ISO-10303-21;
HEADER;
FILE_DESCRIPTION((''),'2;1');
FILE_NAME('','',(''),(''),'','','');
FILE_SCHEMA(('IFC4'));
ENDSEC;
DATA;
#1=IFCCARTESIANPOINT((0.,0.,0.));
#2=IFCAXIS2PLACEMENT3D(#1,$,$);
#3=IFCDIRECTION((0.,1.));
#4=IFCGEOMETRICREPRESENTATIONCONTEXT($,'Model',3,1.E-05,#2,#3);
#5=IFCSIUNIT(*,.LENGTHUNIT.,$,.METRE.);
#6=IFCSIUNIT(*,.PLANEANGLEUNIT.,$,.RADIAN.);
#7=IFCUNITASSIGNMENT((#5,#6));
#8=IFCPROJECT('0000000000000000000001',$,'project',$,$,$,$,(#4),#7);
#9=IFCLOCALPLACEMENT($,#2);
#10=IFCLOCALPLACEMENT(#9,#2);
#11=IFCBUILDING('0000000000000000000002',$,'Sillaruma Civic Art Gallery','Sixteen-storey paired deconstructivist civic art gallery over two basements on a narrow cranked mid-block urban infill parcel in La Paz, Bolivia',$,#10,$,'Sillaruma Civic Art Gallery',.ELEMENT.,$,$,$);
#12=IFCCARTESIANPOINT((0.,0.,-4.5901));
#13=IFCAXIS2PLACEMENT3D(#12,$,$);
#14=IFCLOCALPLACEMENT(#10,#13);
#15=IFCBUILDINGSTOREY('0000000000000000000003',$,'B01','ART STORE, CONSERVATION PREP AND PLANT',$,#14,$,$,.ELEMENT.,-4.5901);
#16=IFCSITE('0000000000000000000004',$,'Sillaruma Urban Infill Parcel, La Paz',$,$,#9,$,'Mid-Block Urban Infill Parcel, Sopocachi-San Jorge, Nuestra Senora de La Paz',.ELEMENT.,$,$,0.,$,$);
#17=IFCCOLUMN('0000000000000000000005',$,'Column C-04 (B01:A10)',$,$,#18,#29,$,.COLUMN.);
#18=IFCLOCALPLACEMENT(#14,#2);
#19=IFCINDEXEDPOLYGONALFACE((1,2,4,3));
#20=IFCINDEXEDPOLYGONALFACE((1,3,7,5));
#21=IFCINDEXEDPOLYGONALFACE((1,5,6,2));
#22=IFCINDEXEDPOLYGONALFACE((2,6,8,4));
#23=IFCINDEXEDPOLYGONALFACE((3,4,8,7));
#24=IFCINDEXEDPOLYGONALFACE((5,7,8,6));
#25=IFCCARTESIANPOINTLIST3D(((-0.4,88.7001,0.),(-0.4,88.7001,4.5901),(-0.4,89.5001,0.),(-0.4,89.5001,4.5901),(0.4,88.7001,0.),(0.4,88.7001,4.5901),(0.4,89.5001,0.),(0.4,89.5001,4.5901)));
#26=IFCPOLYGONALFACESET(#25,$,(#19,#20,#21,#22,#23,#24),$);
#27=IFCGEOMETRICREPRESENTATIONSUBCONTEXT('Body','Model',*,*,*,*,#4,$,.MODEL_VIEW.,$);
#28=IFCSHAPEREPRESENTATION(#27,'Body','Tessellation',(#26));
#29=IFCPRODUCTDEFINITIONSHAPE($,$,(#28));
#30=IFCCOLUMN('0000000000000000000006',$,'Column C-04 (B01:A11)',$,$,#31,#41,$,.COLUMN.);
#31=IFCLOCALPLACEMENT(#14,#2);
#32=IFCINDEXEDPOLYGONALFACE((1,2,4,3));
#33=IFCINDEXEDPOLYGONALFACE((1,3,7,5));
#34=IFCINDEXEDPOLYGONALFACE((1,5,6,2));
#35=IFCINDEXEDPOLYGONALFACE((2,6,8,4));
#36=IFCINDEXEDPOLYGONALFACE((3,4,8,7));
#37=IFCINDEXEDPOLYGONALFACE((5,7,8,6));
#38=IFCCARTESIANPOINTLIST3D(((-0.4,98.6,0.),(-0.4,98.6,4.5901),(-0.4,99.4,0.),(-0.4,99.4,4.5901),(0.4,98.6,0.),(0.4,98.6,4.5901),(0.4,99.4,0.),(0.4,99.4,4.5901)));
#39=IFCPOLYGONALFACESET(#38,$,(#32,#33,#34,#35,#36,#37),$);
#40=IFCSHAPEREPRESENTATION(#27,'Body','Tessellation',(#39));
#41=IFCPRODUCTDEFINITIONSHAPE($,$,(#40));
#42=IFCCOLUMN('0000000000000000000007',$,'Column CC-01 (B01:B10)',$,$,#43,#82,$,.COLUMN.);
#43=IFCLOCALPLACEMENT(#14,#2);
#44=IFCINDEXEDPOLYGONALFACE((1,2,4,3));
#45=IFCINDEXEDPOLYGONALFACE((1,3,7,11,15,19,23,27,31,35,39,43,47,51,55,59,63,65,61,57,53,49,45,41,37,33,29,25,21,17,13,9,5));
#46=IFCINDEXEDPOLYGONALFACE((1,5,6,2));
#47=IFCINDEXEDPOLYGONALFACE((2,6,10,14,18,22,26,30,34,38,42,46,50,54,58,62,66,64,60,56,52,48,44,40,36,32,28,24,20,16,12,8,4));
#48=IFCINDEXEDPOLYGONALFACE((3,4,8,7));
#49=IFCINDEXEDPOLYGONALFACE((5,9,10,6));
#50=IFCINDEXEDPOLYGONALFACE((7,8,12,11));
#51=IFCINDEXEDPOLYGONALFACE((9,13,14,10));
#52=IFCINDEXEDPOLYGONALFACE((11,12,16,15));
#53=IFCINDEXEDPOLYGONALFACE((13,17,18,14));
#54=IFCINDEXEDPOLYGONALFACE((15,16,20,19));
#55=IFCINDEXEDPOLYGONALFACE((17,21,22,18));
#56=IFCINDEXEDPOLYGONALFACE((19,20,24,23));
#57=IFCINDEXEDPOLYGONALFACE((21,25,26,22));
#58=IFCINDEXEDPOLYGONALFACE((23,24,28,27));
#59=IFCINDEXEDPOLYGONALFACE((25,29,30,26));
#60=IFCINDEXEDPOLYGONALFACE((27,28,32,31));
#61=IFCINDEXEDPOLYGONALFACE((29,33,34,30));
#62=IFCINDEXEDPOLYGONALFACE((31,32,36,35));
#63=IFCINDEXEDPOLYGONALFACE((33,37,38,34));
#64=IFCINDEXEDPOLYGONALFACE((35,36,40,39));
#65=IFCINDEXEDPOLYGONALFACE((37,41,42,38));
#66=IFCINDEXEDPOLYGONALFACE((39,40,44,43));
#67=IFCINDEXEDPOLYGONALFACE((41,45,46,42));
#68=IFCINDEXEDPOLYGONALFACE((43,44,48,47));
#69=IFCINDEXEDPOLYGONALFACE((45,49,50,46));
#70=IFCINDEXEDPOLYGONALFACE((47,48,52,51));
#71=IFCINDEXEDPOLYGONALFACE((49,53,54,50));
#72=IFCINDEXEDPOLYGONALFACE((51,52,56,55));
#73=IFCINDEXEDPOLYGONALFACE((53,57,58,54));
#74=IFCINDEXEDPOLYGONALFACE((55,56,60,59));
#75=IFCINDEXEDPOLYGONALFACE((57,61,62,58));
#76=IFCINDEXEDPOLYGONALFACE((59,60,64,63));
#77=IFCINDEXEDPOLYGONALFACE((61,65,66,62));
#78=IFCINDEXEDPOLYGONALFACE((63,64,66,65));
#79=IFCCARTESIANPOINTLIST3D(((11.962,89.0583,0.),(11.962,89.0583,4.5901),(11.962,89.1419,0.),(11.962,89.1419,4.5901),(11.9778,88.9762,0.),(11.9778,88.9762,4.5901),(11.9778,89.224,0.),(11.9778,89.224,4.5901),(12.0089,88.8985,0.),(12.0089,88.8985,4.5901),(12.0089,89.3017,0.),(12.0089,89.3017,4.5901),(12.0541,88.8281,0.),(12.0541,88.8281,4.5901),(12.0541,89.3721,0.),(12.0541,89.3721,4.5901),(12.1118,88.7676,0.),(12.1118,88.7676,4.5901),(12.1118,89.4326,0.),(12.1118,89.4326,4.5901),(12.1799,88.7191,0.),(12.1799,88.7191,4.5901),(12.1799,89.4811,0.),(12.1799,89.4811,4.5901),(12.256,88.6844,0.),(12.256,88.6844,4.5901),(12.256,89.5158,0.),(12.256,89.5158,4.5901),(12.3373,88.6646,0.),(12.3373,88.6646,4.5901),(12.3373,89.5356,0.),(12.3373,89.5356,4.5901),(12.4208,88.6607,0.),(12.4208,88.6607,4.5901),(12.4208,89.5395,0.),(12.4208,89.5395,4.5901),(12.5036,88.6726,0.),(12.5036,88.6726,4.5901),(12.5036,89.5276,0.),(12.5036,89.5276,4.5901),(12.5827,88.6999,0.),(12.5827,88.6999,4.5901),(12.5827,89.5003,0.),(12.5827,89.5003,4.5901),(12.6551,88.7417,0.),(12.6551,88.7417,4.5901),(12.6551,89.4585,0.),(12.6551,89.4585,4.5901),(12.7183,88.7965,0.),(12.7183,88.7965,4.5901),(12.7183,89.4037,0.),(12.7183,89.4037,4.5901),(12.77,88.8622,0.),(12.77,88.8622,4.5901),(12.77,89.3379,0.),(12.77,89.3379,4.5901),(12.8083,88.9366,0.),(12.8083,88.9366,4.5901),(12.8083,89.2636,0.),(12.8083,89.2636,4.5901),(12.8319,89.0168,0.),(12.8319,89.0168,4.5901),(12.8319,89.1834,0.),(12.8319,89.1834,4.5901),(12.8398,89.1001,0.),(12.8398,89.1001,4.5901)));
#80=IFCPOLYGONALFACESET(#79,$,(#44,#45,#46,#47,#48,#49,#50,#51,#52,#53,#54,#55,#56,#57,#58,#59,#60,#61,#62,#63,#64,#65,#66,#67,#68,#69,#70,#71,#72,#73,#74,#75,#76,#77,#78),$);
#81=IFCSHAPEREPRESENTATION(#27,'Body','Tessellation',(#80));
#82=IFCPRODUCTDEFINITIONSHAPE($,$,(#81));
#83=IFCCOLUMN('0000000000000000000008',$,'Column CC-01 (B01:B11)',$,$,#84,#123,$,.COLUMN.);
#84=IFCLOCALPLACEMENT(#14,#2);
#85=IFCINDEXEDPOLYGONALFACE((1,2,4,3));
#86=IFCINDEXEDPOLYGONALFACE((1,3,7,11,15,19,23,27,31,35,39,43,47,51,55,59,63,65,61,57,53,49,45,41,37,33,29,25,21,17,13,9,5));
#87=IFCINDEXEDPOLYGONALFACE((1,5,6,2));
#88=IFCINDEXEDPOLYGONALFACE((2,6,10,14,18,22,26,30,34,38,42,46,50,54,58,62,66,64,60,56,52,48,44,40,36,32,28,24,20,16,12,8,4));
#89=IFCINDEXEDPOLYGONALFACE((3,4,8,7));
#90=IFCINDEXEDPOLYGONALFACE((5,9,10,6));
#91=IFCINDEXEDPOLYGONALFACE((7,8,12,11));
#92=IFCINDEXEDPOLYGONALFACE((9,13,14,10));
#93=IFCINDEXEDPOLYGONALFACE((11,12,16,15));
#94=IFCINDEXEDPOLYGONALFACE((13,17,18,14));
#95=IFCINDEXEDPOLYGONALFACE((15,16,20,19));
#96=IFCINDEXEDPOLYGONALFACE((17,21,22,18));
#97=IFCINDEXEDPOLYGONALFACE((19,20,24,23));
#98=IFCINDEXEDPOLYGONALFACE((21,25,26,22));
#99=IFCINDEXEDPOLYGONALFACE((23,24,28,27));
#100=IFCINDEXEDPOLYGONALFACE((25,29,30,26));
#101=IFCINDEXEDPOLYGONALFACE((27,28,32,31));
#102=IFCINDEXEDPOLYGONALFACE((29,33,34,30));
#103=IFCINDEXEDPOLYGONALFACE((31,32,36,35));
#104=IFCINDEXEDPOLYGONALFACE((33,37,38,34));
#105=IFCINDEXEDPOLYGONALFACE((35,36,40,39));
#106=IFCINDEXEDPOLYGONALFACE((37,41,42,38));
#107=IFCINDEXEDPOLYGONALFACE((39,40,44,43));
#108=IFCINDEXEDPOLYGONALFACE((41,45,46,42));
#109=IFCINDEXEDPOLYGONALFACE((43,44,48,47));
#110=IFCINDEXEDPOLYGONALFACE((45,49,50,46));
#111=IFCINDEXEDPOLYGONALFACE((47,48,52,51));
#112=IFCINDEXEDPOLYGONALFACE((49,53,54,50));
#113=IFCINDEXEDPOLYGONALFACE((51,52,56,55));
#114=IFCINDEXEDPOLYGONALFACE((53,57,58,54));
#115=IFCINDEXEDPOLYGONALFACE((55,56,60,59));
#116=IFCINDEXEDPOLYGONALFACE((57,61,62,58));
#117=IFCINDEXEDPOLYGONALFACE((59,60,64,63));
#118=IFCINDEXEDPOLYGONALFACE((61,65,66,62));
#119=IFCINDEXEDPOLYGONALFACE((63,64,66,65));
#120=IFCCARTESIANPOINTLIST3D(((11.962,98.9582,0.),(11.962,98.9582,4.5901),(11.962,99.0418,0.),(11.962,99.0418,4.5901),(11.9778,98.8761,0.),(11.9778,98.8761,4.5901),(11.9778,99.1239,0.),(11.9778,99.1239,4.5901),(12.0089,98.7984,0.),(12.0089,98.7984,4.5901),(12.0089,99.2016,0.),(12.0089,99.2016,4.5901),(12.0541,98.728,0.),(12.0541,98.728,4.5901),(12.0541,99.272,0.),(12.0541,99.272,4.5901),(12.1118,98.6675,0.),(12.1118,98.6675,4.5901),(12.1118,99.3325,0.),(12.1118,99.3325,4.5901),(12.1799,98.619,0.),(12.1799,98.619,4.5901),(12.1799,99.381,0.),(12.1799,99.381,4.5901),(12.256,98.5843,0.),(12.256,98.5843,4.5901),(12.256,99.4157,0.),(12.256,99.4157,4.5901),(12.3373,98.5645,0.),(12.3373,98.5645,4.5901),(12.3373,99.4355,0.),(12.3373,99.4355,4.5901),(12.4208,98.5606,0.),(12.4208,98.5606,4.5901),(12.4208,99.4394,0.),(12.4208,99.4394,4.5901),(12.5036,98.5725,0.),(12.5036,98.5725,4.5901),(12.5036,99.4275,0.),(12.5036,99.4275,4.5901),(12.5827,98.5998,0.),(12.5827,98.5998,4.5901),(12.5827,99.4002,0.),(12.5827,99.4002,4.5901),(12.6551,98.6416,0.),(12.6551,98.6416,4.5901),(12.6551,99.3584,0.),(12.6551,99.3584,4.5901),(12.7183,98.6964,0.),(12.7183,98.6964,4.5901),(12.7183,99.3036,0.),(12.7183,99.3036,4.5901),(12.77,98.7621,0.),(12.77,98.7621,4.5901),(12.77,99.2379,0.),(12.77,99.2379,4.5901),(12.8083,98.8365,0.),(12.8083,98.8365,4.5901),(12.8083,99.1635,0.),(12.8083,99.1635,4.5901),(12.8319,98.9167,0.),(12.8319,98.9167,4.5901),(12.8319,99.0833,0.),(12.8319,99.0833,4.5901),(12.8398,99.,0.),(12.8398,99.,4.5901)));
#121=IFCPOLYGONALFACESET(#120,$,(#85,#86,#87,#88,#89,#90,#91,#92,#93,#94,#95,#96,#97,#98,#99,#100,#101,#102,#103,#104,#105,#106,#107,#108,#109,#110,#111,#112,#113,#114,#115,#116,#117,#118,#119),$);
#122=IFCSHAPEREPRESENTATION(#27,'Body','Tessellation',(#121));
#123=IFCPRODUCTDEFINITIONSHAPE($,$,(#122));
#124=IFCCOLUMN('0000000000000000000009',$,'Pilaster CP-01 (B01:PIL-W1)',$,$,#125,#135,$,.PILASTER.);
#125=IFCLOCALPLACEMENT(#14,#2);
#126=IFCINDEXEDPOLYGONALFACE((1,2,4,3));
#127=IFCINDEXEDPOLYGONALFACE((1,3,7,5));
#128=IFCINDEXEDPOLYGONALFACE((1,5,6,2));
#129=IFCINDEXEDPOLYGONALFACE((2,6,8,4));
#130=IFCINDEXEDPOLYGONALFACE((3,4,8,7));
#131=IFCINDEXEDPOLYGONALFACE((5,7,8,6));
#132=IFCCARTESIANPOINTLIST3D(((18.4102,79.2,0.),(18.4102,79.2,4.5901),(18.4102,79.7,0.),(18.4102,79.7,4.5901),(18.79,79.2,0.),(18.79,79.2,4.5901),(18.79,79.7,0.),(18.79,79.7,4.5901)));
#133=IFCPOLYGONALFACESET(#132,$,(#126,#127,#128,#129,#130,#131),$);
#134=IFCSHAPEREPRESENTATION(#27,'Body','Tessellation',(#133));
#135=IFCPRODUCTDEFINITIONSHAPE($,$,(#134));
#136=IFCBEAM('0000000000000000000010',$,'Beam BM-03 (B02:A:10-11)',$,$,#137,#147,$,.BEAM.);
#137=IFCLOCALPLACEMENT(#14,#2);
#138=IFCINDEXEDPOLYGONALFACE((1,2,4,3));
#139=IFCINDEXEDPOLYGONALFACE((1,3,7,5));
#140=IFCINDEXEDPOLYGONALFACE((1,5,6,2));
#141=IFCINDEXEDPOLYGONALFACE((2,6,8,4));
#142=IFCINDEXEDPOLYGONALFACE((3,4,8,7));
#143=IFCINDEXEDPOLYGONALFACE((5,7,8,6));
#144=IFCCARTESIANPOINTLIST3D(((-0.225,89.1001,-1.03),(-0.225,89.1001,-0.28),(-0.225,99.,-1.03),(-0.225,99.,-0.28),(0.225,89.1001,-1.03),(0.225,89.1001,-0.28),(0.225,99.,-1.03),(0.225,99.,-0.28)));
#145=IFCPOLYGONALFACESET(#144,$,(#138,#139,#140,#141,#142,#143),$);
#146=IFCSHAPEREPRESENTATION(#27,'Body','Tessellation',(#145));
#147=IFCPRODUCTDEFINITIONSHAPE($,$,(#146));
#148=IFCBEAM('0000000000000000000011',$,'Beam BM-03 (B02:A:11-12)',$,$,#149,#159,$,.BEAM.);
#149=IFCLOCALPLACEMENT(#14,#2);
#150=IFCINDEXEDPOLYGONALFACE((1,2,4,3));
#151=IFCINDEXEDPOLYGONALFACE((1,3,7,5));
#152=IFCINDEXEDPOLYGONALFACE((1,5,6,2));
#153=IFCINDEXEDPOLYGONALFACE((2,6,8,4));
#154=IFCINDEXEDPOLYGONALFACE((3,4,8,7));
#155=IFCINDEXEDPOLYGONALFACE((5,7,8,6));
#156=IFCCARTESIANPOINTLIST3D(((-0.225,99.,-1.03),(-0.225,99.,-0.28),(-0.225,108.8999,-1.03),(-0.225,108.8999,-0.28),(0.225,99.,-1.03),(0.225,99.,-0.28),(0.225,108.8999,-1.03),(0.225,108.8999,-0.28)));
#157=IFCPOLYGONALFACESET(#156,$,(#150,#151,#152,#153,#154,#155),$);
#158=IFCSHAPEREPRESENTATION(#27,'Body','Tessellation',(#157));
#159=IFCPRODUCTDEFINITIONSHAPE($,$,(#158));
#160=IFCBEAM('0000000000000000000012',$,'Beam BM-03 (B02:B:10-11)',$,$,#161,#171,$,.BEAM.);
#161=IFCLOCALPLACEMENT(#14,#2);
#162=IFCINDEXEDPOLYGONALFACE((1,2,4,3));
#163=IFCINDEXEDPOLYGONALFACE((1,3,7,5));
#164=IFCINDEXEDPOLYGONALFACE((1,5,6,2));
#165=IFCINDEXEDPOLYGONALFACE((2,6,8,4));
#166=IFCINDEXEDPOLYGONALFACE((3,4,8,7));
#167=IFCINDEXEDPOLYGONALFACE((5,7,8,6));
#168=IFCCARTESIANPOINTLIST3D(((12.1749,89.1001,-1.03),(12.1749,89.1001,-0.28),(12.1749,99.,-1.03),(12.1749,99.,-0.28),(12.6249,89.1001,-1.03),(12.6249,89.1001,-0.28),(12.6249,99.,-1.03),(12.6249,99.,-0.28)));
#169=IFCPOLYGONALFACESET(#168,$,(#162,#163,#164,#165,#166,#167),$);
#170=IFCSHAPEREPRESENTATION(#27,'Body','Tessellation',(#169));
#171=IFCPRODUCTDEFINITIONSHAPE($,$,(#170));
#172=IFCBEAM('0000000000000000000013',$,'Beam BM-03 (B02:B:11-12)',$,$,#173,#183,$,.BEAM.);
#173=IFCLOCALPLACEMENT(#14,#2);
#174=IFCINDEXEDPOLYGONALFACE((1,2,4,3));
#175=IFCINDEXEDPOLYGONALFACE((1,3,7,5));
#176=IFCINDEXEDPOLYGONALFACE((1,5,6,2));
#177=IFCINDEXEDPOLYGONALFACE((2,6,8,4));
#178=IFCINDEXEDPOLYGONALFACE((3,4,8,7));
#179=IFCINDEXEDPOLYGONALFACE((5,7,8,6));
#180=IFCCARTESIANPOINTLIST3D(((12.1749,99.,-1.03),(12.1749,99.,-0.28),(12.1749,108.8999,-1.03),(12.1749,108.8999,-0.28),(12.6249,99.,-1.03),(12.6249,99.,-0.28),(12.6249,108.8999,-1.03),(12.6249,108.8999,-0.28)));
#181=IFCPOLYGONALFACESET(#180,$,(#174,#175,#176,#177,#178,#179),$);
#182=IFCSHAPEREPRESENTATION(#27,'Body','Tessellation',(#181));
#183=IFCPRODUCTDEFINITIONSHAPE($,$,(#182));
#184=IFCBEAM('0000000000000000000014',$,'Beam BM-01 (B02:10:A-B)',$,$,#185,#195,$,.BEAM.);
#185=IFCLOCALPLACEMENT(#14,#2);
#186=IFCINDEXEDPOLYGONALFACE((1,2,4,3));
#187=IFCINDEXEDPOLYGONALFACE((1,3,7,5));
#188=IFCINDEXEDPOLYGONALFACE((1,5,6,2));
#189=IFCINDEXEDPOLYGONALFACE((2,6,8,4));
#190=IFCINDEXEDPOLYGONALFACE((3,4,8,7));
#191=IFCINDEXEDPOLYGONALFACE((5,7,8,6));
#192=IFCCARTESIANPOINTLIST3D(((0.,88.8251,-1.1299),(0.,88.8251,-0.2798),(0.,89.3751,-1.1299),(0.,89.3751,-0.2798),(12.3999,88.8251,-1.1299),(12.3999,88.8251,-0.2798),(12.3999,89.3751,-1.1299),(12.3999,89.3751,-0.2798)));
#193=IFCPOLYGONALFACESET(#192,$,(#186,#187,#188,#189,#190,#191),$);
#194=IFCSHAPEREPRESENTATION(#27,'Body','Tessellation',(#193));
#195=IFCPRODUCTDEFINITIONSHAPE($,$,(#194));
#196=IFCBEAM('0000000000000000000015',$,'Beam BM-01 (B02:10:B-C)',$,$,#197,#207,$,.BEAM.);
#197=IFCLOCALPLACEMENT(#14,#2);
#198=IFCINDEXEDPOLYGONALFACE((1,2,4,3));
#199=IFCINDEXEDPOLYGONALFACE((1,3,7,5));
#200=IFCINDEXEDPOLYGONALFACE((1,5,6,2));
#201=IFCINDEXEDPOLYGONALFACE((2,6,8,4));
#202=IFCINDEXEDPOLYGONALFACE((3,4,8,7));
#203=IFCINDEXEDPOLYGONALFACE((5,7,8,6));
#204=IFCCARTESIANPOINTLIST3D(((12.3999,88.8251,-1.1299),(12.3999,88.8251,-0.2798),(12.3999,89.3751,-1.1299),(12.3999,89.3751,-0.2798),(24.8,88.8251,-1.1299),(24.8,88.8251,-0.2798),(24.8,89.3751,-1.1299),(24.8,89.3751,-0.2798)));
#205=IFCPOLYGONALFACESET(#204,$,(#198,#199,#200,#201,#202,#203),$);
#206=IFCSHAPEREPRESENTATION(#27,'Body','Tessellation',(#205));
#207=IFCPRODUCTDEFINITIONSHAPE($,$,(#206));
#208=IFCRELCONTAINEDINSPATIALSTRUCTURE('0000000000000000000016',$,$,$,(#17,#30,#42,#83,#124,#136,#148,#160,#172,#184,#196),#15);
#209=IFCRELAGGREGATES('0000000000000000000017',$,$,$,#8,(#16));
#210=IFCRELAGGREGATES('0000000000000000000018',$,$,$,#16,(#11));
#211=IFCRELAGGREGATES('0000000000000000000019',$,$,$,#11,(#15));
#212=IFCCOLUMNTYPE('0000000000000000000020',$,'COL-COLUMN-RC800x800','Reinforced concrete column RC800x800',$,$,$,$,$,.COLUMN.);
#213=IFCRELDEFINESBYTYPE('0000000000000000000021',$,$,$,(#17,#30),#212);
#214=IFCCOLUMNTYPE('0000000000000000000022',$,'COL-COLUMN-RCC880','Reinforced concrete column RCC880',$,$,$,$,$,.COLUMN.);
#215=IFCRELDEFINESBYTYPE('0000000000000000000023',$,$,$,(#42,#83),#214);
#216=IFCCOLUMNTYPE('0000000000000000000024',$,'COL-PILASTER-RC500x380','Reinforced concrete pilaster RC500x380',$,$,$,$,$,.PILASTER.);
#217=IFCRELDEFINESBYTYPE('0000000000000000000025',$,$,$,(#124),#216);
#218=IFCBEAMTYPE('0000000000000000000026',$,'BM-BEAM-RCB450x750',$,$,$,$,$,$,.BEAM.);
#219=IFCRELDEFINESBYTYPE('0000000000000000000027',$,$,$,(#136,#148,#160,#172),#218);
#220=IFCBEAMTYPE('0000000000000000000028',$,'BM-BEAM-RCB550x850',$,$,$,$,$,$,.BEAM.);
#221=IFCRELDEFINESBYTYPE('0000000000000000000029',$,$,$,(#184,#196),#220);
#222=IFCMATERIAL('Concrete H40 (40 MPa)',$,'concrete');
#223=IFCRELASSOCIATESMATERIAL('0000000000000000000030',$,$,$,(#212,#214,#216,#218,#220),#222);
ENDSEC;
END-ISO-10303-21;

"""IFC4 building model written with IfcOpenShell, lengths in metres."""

from ifc_helpers import new_model, si_unit, direction, frame, origin, origin_2d, place, context, subcontext, project, spatial, rectangle, circle, extrude, material, material_profile, profile_set, type_object, element, save


model = new_model("IFC4")

# Units and contexts
model_context = context("Model", 3, precision=1e-05, world=origin(), true_north=direction((0.0, 1.0)))
body_context = subcontext(model_context, "Body", "Model", "MODEL_VIEW")
ifc_project = project(units=[si_unit("LENGTHUNIT", "METRE"), si_unit("PLANEANGLEUNIT", "RADIAN")], contexts=[model_context])

# Site, building, storey
site_placement = place(None, origin())
site = spatial("IfcSite", under=ifc_project, at=site_placement, Name="Sillaruma Urban Infill Parcel, La Paz", LongName="Mid-Block Urban Infill Parcel, Sopocachi-San Jorge, Nuestra Senora de La Paz", CompositionType="ELEMENT", RefElevation=0.0)
building_placement = place(site_placement, origin())
building = spatial("IfcBuilding", under=site, at=building_placement, Name="Sillaruma Civic Art Gallery", Description="Sixteen-storey paired deconstructivist civic art gallery over two basements on a narrow cranked mid-block urban infill parcel in La Paz, Bolivia", LongName="Sillaruma Civic Art Gallery", CompositionType="ELEMENT")
storey_placement = place(building_placement, frame((0.0, 0.0, -4.5901)))
storey = spatial("IfcBuildingStorey", under=building, at=storey_placement, Name="B01", Description="ART STORE, CONSERVATION PREP AND PLANT", CompositionType="ELEMENT", Elevation=-4.5901)

# Columns
ifc_material_1 = material(Name="Concrete H40 (40 MPa)", Category="concrete")
ifc_material_profile_1 = material_profile(ifc_material_1, rectangle(XDim=0.8, YDim=0.8, at=origin_2d()), Name="RC800x800")
ifc_profile_set_1 = profile_set([ifc_material_profile_1], Name="Concrete H40 (40 MPa)")
column_type_1 = type_object("IfcColumnType", Name="COL-COLUMN-RC800x800", Description="Reinforced concrete column RC800x800", PredefinedType="COLUMN", material=ifc_profile_set_1)
for number, where, z_axis, x_axis, name in (
    (1, (0.0, 89.1001, 0.0), (0.0, 0.0, 1.0), (1.0, 0.0, 0.0), "Column C-04 (B01:A10)"),
    (2, (0.0, 99.0, 0.0), (0.0, 0.0, 1.0), (1.0, 0.0, 0.0), "Column C-04 (B01:A11)"),
):
    element("IfcColumn", number, at=place(storey_placement, frame(where, z_axis=z_axis, x_axis=x_axis)), inside=storey, type_object=column_type_1, Name=name, PredefinedType="COLUMN", context=body_context, shape_type="SweptSolid", body=[
        extrude(rectangle(XDim=0.8, YDim=0.8, at=origin_2d()), origin(), (0.0, 0.0, 1.0), 4.5901),
    ])
ifc_material_profile_2 = material_profile(ifc_material_1, circle(Radius=0.4399, at=origin_2d()), Name="RCC880")
ifc_profile_set_2 = profile_set([ifc_material_profile_2], Name="Concrete H40 (40 MPa)")
column_type_2 = type_object("IfcColumnType", Name="COL-COLUMN-RCC880", Description="Reinforced concrete column RCC880", PredefinedType="COLUMN", material=ifc_profile_set_2)
for number, where, z_axis, x_axis, name in (
    (3, (12.3999, 89.1001, 0.0), (0.0, 0.0, 1.0), (1.0, 0.0, 0.0), "Column CC-01 (B01:B10)"),
    (4, (12.3999, 99.0, 0.0), (0.0, 0.0, 1.0), (1.0, 0.0, 0.0), "Column CC-01 (B01:B11)"),
):
    element("IfcColumn", number, at=place(storey_placement, frame(where, z_axis=z_axis, x_axis=x_axis)), inside=storey, type_object=column_type_2, Name=name, PredefinedType="COLUMN", context=body_context, shape_type="SweptSolid", body=[
        extrude(circle(Radius=0.4399, at=origin_2d()), origin(), (0.0, 0.0, 1.0), 4.5901),
    ])
ifc_material_profile_3 = material_profile(ifc_material_1, rectangle(XDim=0.3799, YDim=0.5, at=origin_2d()), Name="RC500x380")
ifc_profile_set_3 = profile_set([ifc_material_profile_3], Name="Concrete H40 (40 MPa)")
column_type_3 = type_object("IfcColumnType", Name="COL-PILASTER-RC500x380", Description="Reinforced concrete pilaster RC500x380", PredefinedType="PILASTER", material=ifc_profile_set_3)
column_placement = place(storey_placement, frame((18.6001, 79.45, 0.0), z_axis=(0.0, 0.0, 1.0), x_axis=(1.0, 0.0, 0.0)))
element("IfcColumn", 5, at=column_placement, inside=storey, type_object=column_type_3, Name="Pilaster CP-01 (B01:PIL-W1)", PredefinedType="PILASTER", context=body_context, shape_type="SweptSolid", body=[
    extrude(rectangle(XDim=0.3799, YDim=0.5, at=origin_2d()), origin(), (0.0, 0.0, 1.0), 4.5901),
])

# Beams
ifc_material_profile_4 = material_profile(ifc_material_1, rectangle(XDim=0.45, YDim=0.75, at=origin_2d()), Name="RCB450x750")
ifc_profile_set_4 = profile_set([ifc_material_profile_4], Name="Concrete H40 (40 MPa)")
beam_type_1 = type_object("IfcBeamType", Name="BM-BEAM-RCB450x750", PredefinedType="BEAM", material=ifc_profile_set_4)
for number, where, z_axis, x_axis, name in (
    (6, (0.0, 89.1001, -0.655), (0.0, 1.0, 0.0), (-1.0, 0.0, 0.0), "Beam BM-03 (B02:A:10-11)"),
    (7, (0.0, 99.0, -0.655), (0.0, 1.0, 0.0), (-1.0, 0.0, 0.0), "Beam BM-03 (B02:A:11-12)"),
    (8, (12.3999, 89.1001, -0.655), (0.0, 1.0, 0.0), (-1.0, 0.0, 0.0), "Beam BM-03 (B02:B:10-11)"),
    (9, (12.3999, 99.0, -0.655), (0.0, 1.0, 0.0), (-1.0, 0.0, 0.0), "Beam BM-03 (B02:B:11-12)"),
):
    element("IfcBeam", number, at=place(storey_placement, frame(where, z_axis=z_axis, x_axis=x_axis)), inside=storey, type_object=beam_type_1, Name=name, PredefinedType="BEAM", context=body_context, shape_type="SweptSolid", body=[
        extrude(rectangle(XDim=0.45, YDim=0.75, at=origin_2d()), origin(), (0.0, 0.0, 1.0), 9.8999),
    ])
ifc_material_profile_5 = material_profile(ifc_material_1, rectangle(XDim=0.55, YDim=0.8501, at=origin_2d()), Name="RCB550x850")
ifc_profile_set_5 = profile_set([ifc_material_profile_5], Name="Concrete H40 (40 MPa)")
beam_type_2 = type_object("IfcBeamType", Name="BM-BEAM-RCB550x850", PredefinedType="BEAM", material=ifc_profile_set_5)
beam_1_placement = place(storey_placement, frame((0.0, 89.1001, -0.7048), z_axis=(1.0, 0.0, 0.0), x_axis=(0.0, 1.0, 0.0)))
element("IfcBeam", 10, at=beam_1_placement, inside=storey, type_object=beam_type_2, Name="Beam BM-01 (B02:10:A-B)", PredefinedType="BEAM", context=body_context, shape_type="SweptSolid", body=[
    extrude(rectangle(XDim=0.55, YDim=0.8501, at=origin_2d()), origin(), (0.0, 0.0, 1.0), 12.3999),
])
beam_2_placement = place(storey_placement, frame((12.3999, 89.1001, -0.7048), z_axis=(1.0, 0.0, 0.0), x_axis=(0.0, 1.0, 0.0)))
element("IfcBeam", 11, at=beam_2_placement, inside=storey, type_object=beam_type_2, Name="Beam BM-01 (B02:10:B-C)", PredefinedType="BEAM", context=body_context, shape_type="SweptSolid", body=[
    extrude(rectangle(XDim=0.55, YDim=0.8501, at=origin_2d()), origin(), (0.0, 0.0, 1.0), 12.4001),
])

save(model, "model.ifc")
